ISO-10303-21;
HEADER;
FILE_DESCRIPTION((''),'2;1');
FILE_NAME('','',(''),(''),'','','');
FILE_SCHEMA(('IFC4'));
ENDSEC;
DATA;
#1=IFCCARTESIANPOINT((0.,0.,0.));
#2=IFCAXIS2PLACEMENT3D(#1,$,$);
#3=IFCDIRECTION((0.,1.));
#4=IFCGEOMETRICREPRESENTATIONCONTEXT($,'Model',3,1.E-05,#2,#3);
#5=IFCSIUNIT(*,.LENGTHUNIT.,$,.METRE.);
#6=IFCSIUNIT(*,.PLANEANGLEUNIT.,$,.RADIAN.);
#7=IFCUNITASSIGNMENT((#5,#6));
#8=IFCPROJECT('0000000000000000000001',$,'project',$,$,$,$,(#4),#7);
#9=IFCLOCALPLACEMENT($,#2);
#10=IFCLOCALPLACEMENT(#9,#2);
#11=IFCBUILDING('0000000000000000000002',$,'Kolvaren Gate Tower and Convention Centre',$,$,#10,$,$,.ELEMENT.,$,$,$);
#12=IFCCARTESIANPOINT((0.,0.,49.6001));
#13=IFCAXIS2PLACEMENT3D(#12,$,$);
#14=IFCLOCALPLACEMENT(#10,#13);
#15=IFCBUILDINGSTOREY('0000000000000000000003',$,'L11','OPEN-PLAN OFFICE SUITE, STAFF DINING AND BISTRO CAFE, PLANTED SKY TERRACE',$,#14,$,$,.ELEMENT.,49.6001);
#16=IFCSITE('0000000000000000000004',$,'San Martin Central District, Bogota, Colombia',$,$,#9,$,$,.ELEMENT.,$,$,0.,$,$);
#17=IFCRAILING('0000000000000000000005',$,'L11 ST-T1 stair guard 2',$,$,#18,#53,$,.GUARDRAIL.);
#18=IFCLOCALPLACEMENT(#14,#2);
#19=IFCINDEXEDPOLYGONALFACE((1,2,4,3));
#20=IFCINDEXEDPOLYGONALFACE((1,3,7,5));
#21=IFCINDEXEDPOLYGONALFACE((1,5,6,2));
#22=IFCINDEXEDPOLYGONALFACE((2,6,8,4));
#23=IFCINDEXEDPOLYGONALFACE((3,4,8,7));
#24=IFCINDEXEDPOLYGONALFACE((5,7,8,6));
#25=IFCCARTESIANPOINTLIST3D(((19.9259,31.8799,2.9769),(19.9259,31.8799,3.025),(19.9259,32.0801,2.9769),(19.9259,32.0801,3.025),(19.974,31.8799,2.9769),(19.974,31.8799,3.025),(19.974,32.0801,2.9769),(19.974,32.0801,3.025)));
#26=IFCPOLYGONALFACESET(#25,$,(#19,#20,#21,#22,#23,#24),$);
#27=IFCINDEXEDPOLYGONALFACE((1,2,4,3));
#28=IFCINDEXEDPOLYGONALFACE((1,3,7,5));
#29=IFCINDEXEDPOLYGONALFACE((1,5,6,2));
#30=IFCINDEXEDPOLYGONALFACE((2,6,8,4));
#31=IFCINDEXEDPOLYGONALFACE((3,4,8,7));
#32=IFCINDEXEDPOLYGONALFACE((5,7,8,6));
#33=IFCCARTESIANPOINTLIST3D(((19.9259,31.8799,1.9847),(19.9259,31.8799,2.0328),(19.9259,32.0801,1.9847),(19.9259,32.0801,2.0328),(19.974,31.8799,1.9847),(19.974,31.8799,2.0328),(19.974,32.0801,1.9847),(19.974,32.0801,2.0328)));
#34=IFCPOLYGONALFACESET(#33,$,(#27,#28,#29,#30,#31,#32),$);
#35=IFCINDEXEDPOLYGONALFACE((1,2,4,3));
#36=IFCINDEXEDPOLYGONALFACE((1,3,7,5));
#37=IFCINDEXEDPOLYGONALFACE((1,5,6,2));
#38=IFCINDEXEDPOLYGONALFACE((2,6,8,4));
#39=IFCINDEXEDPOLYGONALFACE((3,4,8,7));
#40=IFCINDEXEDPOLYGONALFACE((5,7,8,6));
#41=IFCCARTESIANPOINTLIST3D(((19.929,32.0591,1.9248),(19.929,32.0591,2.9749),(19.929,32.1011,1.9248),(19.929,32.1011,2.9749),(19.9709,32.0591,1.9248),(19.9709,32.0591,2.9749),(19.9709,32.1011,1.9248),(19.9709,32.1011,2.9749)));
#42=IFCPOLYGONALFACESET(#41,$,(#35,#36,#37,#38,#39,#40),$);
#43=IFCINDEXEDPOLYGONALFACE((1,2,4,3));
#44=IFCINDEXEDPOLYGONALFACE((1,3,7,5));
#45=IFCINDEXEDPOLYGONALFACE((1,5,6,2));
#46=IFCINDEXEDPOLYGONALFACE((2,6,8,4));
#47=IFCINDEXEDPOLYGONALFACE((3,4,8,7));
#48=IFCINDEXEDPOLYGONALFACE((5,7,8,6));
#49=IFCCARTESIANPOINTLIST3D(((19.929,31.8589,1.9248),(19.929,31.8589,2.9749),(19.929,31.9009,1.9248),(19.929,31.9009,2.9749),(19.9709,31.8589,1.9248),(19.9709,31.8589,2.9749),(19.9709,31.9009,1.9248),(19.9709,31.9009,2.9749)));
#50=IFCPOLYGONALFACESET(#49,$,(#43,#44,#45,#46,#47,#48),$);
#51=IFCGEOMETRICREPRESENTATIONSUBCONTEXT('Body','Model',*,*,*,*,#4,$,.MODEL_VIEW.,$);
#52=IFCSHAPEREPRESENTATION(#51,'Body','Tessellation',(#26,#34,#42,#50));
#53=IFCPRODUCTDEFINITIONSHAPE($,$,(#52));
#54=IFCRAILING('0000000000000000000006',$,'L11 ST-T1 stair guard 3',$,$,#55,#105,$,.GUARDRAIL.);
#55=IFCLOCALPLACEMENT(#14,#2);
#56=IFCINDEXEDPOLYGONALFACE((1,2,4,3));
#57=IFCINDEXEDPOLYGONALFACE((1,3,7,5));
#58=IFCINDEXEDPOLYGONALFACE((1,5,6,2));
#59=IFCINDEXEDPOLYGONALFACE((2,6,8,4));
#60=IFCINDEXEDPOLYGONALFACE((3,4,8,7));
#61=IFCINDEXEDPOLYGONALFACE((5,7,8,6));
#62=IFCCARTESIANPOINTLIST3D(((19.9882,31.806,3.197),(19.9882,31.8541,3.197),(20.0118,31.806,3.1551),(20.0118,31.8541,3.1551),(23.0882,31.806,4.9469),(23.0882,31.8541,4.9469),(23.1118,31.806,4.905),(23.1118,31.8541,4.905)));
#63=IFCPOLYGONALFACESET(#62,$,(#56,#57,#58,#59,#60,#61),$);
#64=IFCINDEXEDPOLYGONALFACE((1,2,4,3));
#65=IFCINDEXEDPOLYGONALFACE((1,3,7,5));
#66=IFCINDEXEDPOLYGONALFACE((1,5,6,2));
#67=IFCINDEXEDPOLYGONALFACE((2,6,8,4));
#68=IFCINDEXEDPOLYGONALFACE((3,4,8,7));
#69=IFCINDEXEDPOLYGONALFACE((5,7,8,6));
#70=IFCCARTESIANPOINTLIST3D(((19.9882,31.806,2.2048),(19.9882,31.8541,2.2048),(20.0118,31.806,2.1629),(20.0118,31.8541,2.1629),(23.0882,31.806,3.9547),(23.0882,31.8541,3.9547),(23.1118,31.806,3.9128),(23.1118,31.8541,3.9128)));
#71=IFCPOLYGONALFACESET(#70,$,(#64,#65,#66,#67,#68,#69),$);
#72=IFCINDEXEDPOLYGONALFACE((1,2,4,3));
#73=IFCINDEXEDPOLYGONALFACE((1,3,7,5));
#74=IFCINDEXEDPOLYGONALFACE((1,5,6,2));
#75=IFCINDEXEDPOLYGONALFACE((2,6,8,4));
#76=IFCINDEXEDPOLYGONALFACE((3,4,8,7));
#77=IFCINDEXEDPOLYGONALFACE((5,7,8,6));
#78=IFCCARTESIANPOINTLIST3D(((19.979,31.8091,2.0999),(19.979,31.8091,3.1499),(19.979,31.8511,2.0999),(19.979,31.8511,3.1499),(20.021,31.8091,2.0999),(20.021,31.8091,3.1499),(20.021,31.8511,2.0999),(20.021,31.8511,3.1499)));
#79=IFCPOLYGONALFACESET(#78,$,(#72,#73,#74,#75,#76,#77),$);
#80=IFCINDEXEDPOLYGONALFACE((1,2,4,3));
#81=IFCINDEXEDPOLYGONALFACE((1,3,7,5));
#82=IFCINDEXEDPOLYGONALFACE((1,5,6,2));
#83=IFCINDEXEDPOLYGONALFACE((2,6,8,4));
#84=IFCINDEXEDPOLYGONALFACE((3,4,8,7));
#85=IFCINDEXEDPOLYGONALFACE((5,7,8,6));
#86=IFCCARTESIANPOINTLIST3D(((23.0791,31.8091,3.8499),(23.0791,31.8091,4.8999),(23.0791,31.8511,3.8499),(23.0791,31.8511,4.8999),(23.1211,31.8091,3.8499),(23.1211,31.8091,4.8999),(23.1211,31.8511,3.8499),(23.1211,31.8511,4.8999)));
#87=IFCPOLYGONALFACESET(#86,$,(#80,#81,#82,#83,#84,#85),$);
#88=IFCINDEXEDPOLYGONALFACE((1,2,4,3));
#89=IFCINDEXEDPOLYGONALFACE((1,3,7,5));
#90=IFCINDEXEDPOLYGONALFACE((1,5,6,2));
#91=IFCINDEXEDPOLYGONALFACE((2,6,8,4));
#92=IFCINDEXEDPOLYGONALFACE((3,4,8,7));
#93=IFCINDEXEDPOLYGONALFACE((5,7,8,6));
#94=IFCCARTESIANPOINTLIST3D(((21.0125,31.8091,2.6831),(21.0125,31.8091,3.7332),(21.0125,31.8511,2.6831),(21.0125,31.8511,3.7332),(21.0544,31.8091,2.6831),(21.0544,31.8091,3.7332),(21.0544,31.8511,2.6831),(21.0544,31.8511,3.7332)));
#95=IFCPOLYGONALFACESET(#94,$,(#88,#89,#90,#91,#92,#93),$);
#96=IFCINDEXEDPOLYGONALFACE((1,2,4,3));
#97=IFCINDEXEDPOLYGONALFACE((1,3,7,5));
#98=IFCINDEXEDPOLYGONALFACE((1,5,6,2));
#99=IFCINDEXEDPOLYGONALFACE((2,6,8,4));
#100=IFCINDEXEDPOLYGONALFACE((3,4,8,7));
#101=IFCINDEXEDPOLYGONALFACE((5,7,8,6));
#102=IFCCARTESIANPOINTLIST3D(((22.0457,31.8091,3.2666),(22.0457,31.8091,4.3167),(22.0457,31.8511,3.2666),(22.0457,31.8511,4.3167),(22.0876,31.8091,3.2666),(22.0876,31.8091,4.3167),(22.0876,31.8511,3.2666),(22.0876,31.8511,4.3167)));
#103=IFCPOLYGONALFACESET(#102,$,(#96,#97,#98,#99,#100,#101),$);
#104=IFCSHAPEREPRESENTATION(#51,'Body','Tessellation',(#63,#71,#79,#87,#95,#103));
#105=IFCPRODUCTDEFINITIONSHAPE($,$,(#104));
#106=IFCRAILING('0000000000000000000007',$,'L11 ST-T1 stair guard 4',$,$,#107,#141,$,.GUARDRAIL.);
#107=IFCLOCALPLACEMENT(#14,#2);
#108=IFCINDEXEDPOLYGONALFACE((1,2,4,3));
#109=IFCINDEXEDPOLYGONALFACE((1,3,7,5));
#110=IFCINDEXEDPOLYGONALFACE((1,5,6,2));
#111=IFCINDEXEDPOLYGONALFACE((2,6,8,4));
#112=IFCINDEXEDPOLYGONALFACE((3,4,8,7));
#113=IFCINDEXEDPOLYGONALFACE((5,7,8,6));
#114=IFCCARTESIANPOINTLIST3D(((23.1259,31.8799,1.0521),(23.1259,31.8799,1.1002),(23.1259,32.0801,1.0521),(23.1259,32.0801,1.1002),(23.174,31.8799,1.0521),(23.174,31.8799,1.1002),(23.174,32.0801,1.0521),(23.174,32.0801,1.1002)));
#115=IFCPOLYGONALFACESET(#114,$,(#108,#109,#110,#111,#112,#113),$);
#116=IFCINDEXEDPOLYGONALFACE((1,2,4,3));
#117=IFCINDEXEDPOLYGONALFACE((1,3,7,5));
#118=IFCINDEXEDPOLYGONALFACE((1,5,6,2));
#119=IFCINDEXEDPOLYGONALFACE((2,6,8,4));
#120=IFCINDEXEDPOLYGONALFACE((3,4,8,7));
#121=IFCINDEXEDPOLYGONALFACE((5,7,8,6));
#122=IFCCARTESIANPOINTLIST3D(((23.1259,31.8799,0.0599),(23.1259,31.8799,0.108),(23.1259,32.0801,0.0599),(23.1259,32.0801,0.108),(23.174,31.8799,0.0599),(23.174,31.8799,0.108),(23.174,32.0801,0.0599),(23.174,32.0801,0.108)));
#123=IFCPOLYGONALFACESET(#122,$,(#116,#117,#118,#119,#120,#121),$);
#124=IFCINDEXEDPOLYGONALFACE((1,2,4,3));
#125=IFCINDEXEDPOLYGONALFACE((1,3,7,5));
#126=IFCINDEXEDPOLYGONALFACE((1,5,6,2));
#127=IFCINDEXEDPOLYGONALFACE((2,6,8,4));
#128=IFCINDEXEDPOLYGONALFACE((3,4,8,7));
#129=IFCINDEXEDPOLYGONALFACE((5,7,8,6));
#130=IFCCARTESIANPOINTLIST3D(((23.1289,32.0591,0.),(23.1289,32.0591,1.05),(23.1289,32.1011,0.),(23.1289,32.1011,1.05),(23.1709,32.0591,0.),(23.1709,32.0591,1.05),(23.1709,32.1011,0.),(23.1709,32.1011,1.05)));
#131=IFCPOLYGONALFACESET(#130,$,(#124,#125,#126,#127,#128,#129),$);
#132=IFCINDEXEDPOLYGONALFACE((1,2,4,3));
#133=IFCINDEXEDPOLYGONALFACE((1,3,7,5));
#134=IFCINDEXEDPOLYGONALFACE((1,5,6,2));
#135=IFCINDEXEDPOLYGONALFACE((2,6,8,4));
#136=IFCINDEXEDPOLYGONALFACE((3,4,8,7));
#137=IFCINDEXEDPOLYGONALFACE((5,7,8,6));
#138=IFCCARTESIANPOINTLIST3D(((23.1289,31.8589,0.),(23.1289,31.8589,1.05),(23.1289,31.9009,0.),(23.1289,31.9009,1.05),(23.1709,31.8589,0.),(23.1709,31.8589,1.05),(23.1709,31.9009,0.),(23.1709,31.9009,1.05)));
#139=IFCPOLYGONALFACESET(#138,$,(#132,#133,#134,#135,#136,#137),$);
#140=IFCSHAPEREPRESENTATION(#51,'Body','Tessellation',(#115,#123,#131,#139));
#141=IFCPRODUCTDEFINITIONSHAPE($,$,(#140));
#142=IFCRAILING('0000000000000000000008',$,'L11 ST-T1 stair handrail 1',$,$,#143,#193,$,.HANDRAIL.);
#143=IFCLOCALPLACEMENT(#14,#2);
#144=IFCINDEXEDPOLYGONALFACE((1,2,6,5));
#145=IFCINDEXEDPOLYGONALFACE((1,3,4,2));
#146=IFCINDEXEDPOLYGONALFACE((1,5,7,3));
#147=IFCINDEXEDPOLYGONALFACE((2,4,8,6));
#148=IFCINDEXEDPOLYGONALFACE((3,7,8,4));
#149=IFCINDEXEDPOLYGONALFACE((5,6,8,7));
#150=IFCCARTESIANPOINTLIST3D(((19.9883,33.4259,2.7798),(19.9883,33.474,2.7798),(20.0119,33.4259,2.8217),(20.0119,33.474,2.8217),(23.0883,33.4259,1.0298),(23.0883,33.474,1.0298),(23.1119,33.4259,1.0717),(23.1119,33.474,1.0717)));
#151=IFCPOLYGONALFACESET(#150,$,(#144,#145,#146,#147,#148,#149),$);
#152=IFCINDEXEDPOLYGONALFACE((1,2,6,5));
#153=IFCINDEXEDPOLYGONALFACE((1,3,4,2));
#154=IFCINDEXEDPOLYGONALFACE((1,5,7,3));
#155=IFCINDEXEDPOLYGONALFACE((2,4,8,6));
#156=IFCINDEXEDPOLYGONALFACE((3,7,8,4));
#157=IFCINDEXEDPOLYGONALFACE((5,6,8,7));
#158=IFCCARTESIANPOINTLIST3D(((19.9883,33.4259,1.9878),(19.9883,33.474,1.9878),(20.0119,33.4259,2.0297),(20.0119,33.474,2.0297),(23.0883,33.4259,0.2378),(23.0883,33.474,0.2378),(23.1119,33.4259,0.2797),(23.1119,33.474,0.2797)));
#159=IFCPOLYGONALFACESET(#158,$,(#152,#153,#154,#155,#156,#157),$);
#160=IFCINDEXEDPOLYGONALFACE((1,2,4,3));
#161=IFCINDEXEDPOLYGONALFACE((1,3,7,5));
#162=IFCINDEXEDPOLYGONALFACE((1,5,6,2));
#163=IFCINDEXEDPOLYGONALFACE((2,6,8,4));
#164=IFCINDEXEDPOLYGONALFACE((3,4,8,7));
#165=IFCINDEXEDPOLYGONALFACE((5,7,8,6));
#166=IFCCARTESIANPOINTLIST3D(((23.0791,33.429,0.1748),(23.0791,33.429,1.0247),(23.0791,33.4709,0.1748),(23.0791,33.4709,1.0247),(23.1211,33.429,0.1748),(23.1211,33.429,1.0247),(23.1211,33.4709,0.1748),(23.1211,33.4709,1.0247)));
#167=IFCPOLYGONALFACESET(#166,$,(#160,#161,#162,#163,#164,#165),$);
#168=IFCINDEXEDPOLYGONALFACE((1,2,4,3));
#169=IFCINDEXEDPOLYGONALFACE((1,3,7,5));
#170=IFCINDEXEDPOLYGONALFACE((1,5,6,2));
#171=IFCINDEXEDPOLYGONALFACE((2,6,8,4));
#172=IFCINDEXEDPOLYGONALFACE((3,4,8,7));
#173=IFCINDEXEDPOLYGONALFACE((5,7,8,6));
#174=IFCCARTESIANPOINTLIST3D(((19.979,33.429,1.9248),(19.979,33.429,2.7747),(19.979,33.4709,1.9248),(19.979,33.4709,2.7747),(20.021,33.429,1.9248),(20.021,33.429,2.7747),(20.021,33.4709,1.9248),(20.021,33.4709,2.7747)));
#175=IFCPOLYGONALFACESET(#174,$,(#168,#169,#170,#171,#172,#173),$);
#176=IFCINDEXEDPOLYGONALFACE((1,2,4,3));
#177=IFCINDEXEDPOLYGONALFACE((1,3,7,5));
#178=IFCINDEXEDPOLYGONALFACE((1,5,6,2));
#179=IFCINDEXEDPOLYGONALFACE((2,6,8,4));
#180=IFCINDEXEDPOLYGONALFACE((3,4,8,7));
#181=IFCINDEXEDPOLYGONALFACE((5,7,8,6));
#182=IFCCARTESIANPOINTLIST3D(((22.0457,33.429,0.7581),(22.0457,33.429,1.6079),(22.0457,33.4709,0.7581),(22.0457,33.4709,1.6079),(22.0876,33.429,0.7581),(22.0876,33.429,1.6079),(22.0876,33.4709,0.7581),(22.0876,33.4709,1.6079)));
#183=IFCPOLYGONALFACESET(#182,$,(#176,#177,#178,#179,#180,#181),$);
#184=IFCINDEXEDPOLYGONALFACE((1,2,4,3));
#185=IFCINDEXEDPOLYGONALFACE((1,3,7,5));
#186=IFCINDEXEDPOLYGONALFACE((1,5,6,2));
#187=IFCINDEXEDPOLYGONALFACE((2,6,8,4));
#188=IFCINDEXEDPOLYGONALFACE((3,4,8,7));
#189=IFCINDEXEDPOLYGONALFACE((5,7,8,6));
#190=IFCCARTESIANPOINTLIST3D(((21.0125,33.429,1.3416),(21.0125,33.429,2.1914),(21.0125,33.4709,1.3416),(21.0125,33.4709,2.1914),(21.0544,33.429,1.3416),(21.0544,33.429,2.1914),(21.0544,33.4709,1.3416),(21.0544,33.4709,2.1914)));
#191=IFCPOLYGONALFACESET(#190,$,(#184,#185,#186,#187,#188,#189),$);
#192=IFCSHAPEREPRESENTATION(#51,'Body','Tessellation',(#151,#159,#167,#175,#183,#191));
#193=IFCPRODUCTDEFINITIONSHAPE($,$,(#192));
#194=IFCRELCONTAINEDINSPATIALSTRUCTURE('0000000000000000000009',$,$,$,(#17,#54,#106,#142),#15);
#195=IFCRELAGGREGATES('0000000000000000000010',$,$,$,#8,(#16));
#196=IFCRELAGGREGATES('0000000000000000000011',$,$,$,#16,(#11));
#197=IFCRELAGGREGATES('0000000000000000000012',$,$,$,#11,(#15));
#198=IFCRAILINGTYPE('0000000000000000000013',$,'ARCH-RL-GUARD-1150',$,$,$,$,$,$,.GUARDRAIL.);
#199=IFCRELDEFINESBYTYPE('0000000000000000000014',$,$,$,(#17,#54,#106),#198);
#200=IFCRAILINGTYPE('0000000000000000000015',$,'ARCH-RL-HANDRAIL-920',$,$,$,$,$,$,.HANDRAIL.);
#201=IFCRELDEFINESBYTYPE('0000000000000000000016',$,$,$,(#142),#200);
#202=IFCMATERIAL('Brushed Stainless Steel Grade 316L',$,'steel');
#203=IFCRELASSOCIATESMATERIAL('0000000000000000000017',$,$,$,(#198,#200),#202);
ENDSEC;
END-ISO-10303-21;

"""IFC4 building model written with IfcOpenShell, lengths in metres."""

from ifc_helpers import new_model, si_unit, direction, frame, origin, origin_2d, place, context, subcontext, project, spatial, rectangle, extrude, material, type_object, element, save


model = new_model("IFC4")

# Units and contexts
model_context = context("Model", 3, precision=1e-05, world=origin(), true_north=direction((0.0, 1.0)))
body_context = subcontext(model_context, "Body", "Model", "MODEL_VIEW")
ifc_project = project(units=[si_unit("LENGTHUNIT", "METRE"), si_unit("PLANEANGLEUNIT", "RADIAN")], contexts=[model_context])

# Site, building, storey
site_placement = place(None, origin())
site = spatial("IfcSite", under=ifc_project, at=site_placement, Name="San Martin Central District, Bogota, Colombia", CompositionType="ELEMENT", RefElevation=0.0)
building_placement = place(site_placement, origin())
building = spatial("IfcBuilding", under=site, at=building_placement, Name="Kolvaren Gate Tower and Convention Centre", CompositionType="ELEMENT")
storey_placement = place(building_placement, frame((0.0, 0.0, 49.6001)))
storey = spatial("IfcBuildingStorey", under=building, at=storey_placement, Name="L11", Description="OPEN-PLAN OFFICE SUITE, STAFF DINING AND BISTRO CAFE, PLANTED SKY TERRACE", CompositionType="ELEMENT", Elevation=49.6001)

# Shared definitions
ifc_material_1 = material(Name="Brushed Stainless Steel Grade 316L", Category="steel")

# Railings
railing_type_1 = type_object("IfcRailingType", Name="ARCH-RL-GUARD-1150", PredefinedType="GUARDRAIL", material=ifc_material_1)
railing_1_placement = place(storey_placement, frame((19.95, 32.0801, 1.9248)))
element("IfcRailing", 1, at=railing_1_placement, inside=storey, type_object=railing_type_1, Name="L11 ST-T1 stair guard 2", PredefinedType="GUARDRAIL", context=body_context, shape_type="SweptSolid", body=[
    extrude(rectangle(XDim=0.0481, YDim=0.0481, at=origin_2d()), frame((0.0, 0.0, 1.0762), z_axis=(0.0, -1.0, 0.0), x_axis=(1.0, 0.0, 0.0)), (0.0, 0.0, 1.0), 0.2002),
    extrude(rectangle(XDim=0.0481, YDim=0.0481, at=origin_2d()), frame((0.0, 0.0, 0.084), z_axis=(0.0, -1.0, 0.0), x_axis=(1.0, 0.0, 0.0)), (0.0, 0.0, 1.0), 0.2002),
    extrude(rectangle(XDim=0.042, YDim=0.042, at=origin_2d()), origin(), (0.0, 0.0, 1.0), 1.05),
    extrude(rectangle(XDim=0.042, YDim=0.042, at=origin_2d()), frame((0.0, -0.2002, 0.0)), (0.0, 0.0, 1.0), 1.05),
])
railing_2_placement = place(storey_placement, frame((20.0, 31.8301, 2.0999)))
element("IfcRailing", 2, at=railing_2_placement, inside=storey, type_object=railing_type_1, Name="L11 ST-T1 stair guard 3", PredefinedType="GUARDRAIL", context=body_context, shape_type="SweptSolid", body=[
    extrude(rectangle(XDim=0.0481, YDim=0.0481, at=origin_2d()), frame((0.0, 0.0, 1.0762), z_axis=(0.870831, 0.0, 0.491583), x_axis=(0.0, 1.0, 0.0)), (0.0, 0.0, 1.0), 3.5598),
    extrude(rectangle(XDim=0.0481, YDim=0.0481, at=origin_2d()), frame((0.0, 0.0, 0.084), z_axis=(0.870831, 0.0, 0.491583), x_axis=(0.0, 1.0, 0.0)), (0.0, 0.0, 1.0), 3.5598),
    extrude(rectangle(XDim=0.042, YDim=0.042, at=origin_2d()), origin(), (0.0, 0.0, 1.0), 1.05),
    extrude(rectangle(XDim=0.042, YDim=0.042, at=origin_2d()), frame((3.1001, 0.0, 1.75)), (0.0, 0.0, 1.0), 1.05),
    extrude(rectangle(XDim=0.042, YDim=0.042, at=origin_2d()), frame((1.0334, 0.0, 0.5833)), (0.0, 0.0, 1.0), 1.05),
    extrude(rectangle(XDim=0.042, YDim=0.042, at=origin_2d()), frame((2.0667, 0.0, 1.1667)), (0.0, 0.0, 1.0), 1.05),
])
railing_3_placement = place(storey_placement, frame((23.1499, 32.0801, 0.0)))
element("IfcRailing", 3, at=railing_3_placement, inside=storey, type_object=railing_type_1, Name="L11 ST-T1 stair guard 4", PredefinedType="GUARDRAIL", context=body_context, shape_type="SweptSolid", body=[
    extrude(rectangle(XDim=0.0481, YDim=0.0481, at=origin_2d()), frame((0.0, 0.0, 1.0762), z_axis=(0.0, -1.0, 0.0), x_axis=(1.0, 0.0, 0.0)), (0.0, 0.0, 1.0), 0.2002),
    extrude(rectangle(XDim=0.0481, YDim=0.0481, at=origin_2d()), frame((0.0, 0.0, 0.084), z_axis=(0.0, -1.0, 0.0), x_axis=(1.0, 0.0, 0.0)), (0.0, 0.0, 1.0), 0.2002),
    extrude(rectangle(XDim=0.042, YDim=0.042, at=origin_2d()), origin(), (0.0, 0.0, 1.0), 1.05),
    extrude(rectangle(XDim=0.042, YDim=0.042, at=origin_2d()), frame((0.0, -0.2002, 0.0)), (0.0, 0.0, 1.0), 1.05),
])
railing_type_2 = type_object("IfcRailingType", Name="ARCH-RL-HANDRAIL-920", PredefinedType="HANDRAIL", material=ifc_material_1)
railing_4_placement = place(storey_placement, frame((23.1001, 33.45, 0.1748)))
element("IfcRailing", 4, at=railing_4_placement, inside=storey, type_object=railing_type_2, Name="L11 ST-T1 stair handrail 1", PredefinedType="HANDRAIL", context=body_context, shape_type="SweptSolid", body=[
    extrude(rectangle(XDim=0.0481, YDim=0.0481, at=origin_2d()), frame((0.0, 0.0, 0.876), z_axis=(-0.870831, 0.0, 0.491583), x_axis=(0.0, -1.0, 0.0)), (0.0, 0.0, 1.0), 3.5598),
    extrude(rectangle(XDim=0.0481, YDim=0.0481, at=origin_2d()), frame((0.0, 0.0, 0.084), z_axis=(-0.870831, 0.0, 0.491583), x_axis=(0.0, -1.0, 0.0)), (0.0, 0.0, 1.0), 3.5598),
    extrude(rectangle(XDim=0.042, YDim=0.042, at=origin_2d()), origin(), (0.0, 0.0, 1.0), 0.8499),
    extrude(rectangle(XDim=0.042, YDim=0.042, at=origin_2d()), frame((-3.1001, 0.0, 1.75)), (0.0, 0.0, 1.0), 0.8499),
    extrude(rectangle(XDim=0.042, YDim=0.042, at=origin_2d()), frame((-1.0334, 0.0, 0.5833)), (0.0, 0.0, 1.0), 0.8499),
    extrude(rectangle(XDim=0.042, YDim=0.042, at=origin_2d()), frame((-2.0667, 0.0, 1.1667)), (0.0, 0.0, 1.0), 0.8499),
])

save(model, "model.ifc")
